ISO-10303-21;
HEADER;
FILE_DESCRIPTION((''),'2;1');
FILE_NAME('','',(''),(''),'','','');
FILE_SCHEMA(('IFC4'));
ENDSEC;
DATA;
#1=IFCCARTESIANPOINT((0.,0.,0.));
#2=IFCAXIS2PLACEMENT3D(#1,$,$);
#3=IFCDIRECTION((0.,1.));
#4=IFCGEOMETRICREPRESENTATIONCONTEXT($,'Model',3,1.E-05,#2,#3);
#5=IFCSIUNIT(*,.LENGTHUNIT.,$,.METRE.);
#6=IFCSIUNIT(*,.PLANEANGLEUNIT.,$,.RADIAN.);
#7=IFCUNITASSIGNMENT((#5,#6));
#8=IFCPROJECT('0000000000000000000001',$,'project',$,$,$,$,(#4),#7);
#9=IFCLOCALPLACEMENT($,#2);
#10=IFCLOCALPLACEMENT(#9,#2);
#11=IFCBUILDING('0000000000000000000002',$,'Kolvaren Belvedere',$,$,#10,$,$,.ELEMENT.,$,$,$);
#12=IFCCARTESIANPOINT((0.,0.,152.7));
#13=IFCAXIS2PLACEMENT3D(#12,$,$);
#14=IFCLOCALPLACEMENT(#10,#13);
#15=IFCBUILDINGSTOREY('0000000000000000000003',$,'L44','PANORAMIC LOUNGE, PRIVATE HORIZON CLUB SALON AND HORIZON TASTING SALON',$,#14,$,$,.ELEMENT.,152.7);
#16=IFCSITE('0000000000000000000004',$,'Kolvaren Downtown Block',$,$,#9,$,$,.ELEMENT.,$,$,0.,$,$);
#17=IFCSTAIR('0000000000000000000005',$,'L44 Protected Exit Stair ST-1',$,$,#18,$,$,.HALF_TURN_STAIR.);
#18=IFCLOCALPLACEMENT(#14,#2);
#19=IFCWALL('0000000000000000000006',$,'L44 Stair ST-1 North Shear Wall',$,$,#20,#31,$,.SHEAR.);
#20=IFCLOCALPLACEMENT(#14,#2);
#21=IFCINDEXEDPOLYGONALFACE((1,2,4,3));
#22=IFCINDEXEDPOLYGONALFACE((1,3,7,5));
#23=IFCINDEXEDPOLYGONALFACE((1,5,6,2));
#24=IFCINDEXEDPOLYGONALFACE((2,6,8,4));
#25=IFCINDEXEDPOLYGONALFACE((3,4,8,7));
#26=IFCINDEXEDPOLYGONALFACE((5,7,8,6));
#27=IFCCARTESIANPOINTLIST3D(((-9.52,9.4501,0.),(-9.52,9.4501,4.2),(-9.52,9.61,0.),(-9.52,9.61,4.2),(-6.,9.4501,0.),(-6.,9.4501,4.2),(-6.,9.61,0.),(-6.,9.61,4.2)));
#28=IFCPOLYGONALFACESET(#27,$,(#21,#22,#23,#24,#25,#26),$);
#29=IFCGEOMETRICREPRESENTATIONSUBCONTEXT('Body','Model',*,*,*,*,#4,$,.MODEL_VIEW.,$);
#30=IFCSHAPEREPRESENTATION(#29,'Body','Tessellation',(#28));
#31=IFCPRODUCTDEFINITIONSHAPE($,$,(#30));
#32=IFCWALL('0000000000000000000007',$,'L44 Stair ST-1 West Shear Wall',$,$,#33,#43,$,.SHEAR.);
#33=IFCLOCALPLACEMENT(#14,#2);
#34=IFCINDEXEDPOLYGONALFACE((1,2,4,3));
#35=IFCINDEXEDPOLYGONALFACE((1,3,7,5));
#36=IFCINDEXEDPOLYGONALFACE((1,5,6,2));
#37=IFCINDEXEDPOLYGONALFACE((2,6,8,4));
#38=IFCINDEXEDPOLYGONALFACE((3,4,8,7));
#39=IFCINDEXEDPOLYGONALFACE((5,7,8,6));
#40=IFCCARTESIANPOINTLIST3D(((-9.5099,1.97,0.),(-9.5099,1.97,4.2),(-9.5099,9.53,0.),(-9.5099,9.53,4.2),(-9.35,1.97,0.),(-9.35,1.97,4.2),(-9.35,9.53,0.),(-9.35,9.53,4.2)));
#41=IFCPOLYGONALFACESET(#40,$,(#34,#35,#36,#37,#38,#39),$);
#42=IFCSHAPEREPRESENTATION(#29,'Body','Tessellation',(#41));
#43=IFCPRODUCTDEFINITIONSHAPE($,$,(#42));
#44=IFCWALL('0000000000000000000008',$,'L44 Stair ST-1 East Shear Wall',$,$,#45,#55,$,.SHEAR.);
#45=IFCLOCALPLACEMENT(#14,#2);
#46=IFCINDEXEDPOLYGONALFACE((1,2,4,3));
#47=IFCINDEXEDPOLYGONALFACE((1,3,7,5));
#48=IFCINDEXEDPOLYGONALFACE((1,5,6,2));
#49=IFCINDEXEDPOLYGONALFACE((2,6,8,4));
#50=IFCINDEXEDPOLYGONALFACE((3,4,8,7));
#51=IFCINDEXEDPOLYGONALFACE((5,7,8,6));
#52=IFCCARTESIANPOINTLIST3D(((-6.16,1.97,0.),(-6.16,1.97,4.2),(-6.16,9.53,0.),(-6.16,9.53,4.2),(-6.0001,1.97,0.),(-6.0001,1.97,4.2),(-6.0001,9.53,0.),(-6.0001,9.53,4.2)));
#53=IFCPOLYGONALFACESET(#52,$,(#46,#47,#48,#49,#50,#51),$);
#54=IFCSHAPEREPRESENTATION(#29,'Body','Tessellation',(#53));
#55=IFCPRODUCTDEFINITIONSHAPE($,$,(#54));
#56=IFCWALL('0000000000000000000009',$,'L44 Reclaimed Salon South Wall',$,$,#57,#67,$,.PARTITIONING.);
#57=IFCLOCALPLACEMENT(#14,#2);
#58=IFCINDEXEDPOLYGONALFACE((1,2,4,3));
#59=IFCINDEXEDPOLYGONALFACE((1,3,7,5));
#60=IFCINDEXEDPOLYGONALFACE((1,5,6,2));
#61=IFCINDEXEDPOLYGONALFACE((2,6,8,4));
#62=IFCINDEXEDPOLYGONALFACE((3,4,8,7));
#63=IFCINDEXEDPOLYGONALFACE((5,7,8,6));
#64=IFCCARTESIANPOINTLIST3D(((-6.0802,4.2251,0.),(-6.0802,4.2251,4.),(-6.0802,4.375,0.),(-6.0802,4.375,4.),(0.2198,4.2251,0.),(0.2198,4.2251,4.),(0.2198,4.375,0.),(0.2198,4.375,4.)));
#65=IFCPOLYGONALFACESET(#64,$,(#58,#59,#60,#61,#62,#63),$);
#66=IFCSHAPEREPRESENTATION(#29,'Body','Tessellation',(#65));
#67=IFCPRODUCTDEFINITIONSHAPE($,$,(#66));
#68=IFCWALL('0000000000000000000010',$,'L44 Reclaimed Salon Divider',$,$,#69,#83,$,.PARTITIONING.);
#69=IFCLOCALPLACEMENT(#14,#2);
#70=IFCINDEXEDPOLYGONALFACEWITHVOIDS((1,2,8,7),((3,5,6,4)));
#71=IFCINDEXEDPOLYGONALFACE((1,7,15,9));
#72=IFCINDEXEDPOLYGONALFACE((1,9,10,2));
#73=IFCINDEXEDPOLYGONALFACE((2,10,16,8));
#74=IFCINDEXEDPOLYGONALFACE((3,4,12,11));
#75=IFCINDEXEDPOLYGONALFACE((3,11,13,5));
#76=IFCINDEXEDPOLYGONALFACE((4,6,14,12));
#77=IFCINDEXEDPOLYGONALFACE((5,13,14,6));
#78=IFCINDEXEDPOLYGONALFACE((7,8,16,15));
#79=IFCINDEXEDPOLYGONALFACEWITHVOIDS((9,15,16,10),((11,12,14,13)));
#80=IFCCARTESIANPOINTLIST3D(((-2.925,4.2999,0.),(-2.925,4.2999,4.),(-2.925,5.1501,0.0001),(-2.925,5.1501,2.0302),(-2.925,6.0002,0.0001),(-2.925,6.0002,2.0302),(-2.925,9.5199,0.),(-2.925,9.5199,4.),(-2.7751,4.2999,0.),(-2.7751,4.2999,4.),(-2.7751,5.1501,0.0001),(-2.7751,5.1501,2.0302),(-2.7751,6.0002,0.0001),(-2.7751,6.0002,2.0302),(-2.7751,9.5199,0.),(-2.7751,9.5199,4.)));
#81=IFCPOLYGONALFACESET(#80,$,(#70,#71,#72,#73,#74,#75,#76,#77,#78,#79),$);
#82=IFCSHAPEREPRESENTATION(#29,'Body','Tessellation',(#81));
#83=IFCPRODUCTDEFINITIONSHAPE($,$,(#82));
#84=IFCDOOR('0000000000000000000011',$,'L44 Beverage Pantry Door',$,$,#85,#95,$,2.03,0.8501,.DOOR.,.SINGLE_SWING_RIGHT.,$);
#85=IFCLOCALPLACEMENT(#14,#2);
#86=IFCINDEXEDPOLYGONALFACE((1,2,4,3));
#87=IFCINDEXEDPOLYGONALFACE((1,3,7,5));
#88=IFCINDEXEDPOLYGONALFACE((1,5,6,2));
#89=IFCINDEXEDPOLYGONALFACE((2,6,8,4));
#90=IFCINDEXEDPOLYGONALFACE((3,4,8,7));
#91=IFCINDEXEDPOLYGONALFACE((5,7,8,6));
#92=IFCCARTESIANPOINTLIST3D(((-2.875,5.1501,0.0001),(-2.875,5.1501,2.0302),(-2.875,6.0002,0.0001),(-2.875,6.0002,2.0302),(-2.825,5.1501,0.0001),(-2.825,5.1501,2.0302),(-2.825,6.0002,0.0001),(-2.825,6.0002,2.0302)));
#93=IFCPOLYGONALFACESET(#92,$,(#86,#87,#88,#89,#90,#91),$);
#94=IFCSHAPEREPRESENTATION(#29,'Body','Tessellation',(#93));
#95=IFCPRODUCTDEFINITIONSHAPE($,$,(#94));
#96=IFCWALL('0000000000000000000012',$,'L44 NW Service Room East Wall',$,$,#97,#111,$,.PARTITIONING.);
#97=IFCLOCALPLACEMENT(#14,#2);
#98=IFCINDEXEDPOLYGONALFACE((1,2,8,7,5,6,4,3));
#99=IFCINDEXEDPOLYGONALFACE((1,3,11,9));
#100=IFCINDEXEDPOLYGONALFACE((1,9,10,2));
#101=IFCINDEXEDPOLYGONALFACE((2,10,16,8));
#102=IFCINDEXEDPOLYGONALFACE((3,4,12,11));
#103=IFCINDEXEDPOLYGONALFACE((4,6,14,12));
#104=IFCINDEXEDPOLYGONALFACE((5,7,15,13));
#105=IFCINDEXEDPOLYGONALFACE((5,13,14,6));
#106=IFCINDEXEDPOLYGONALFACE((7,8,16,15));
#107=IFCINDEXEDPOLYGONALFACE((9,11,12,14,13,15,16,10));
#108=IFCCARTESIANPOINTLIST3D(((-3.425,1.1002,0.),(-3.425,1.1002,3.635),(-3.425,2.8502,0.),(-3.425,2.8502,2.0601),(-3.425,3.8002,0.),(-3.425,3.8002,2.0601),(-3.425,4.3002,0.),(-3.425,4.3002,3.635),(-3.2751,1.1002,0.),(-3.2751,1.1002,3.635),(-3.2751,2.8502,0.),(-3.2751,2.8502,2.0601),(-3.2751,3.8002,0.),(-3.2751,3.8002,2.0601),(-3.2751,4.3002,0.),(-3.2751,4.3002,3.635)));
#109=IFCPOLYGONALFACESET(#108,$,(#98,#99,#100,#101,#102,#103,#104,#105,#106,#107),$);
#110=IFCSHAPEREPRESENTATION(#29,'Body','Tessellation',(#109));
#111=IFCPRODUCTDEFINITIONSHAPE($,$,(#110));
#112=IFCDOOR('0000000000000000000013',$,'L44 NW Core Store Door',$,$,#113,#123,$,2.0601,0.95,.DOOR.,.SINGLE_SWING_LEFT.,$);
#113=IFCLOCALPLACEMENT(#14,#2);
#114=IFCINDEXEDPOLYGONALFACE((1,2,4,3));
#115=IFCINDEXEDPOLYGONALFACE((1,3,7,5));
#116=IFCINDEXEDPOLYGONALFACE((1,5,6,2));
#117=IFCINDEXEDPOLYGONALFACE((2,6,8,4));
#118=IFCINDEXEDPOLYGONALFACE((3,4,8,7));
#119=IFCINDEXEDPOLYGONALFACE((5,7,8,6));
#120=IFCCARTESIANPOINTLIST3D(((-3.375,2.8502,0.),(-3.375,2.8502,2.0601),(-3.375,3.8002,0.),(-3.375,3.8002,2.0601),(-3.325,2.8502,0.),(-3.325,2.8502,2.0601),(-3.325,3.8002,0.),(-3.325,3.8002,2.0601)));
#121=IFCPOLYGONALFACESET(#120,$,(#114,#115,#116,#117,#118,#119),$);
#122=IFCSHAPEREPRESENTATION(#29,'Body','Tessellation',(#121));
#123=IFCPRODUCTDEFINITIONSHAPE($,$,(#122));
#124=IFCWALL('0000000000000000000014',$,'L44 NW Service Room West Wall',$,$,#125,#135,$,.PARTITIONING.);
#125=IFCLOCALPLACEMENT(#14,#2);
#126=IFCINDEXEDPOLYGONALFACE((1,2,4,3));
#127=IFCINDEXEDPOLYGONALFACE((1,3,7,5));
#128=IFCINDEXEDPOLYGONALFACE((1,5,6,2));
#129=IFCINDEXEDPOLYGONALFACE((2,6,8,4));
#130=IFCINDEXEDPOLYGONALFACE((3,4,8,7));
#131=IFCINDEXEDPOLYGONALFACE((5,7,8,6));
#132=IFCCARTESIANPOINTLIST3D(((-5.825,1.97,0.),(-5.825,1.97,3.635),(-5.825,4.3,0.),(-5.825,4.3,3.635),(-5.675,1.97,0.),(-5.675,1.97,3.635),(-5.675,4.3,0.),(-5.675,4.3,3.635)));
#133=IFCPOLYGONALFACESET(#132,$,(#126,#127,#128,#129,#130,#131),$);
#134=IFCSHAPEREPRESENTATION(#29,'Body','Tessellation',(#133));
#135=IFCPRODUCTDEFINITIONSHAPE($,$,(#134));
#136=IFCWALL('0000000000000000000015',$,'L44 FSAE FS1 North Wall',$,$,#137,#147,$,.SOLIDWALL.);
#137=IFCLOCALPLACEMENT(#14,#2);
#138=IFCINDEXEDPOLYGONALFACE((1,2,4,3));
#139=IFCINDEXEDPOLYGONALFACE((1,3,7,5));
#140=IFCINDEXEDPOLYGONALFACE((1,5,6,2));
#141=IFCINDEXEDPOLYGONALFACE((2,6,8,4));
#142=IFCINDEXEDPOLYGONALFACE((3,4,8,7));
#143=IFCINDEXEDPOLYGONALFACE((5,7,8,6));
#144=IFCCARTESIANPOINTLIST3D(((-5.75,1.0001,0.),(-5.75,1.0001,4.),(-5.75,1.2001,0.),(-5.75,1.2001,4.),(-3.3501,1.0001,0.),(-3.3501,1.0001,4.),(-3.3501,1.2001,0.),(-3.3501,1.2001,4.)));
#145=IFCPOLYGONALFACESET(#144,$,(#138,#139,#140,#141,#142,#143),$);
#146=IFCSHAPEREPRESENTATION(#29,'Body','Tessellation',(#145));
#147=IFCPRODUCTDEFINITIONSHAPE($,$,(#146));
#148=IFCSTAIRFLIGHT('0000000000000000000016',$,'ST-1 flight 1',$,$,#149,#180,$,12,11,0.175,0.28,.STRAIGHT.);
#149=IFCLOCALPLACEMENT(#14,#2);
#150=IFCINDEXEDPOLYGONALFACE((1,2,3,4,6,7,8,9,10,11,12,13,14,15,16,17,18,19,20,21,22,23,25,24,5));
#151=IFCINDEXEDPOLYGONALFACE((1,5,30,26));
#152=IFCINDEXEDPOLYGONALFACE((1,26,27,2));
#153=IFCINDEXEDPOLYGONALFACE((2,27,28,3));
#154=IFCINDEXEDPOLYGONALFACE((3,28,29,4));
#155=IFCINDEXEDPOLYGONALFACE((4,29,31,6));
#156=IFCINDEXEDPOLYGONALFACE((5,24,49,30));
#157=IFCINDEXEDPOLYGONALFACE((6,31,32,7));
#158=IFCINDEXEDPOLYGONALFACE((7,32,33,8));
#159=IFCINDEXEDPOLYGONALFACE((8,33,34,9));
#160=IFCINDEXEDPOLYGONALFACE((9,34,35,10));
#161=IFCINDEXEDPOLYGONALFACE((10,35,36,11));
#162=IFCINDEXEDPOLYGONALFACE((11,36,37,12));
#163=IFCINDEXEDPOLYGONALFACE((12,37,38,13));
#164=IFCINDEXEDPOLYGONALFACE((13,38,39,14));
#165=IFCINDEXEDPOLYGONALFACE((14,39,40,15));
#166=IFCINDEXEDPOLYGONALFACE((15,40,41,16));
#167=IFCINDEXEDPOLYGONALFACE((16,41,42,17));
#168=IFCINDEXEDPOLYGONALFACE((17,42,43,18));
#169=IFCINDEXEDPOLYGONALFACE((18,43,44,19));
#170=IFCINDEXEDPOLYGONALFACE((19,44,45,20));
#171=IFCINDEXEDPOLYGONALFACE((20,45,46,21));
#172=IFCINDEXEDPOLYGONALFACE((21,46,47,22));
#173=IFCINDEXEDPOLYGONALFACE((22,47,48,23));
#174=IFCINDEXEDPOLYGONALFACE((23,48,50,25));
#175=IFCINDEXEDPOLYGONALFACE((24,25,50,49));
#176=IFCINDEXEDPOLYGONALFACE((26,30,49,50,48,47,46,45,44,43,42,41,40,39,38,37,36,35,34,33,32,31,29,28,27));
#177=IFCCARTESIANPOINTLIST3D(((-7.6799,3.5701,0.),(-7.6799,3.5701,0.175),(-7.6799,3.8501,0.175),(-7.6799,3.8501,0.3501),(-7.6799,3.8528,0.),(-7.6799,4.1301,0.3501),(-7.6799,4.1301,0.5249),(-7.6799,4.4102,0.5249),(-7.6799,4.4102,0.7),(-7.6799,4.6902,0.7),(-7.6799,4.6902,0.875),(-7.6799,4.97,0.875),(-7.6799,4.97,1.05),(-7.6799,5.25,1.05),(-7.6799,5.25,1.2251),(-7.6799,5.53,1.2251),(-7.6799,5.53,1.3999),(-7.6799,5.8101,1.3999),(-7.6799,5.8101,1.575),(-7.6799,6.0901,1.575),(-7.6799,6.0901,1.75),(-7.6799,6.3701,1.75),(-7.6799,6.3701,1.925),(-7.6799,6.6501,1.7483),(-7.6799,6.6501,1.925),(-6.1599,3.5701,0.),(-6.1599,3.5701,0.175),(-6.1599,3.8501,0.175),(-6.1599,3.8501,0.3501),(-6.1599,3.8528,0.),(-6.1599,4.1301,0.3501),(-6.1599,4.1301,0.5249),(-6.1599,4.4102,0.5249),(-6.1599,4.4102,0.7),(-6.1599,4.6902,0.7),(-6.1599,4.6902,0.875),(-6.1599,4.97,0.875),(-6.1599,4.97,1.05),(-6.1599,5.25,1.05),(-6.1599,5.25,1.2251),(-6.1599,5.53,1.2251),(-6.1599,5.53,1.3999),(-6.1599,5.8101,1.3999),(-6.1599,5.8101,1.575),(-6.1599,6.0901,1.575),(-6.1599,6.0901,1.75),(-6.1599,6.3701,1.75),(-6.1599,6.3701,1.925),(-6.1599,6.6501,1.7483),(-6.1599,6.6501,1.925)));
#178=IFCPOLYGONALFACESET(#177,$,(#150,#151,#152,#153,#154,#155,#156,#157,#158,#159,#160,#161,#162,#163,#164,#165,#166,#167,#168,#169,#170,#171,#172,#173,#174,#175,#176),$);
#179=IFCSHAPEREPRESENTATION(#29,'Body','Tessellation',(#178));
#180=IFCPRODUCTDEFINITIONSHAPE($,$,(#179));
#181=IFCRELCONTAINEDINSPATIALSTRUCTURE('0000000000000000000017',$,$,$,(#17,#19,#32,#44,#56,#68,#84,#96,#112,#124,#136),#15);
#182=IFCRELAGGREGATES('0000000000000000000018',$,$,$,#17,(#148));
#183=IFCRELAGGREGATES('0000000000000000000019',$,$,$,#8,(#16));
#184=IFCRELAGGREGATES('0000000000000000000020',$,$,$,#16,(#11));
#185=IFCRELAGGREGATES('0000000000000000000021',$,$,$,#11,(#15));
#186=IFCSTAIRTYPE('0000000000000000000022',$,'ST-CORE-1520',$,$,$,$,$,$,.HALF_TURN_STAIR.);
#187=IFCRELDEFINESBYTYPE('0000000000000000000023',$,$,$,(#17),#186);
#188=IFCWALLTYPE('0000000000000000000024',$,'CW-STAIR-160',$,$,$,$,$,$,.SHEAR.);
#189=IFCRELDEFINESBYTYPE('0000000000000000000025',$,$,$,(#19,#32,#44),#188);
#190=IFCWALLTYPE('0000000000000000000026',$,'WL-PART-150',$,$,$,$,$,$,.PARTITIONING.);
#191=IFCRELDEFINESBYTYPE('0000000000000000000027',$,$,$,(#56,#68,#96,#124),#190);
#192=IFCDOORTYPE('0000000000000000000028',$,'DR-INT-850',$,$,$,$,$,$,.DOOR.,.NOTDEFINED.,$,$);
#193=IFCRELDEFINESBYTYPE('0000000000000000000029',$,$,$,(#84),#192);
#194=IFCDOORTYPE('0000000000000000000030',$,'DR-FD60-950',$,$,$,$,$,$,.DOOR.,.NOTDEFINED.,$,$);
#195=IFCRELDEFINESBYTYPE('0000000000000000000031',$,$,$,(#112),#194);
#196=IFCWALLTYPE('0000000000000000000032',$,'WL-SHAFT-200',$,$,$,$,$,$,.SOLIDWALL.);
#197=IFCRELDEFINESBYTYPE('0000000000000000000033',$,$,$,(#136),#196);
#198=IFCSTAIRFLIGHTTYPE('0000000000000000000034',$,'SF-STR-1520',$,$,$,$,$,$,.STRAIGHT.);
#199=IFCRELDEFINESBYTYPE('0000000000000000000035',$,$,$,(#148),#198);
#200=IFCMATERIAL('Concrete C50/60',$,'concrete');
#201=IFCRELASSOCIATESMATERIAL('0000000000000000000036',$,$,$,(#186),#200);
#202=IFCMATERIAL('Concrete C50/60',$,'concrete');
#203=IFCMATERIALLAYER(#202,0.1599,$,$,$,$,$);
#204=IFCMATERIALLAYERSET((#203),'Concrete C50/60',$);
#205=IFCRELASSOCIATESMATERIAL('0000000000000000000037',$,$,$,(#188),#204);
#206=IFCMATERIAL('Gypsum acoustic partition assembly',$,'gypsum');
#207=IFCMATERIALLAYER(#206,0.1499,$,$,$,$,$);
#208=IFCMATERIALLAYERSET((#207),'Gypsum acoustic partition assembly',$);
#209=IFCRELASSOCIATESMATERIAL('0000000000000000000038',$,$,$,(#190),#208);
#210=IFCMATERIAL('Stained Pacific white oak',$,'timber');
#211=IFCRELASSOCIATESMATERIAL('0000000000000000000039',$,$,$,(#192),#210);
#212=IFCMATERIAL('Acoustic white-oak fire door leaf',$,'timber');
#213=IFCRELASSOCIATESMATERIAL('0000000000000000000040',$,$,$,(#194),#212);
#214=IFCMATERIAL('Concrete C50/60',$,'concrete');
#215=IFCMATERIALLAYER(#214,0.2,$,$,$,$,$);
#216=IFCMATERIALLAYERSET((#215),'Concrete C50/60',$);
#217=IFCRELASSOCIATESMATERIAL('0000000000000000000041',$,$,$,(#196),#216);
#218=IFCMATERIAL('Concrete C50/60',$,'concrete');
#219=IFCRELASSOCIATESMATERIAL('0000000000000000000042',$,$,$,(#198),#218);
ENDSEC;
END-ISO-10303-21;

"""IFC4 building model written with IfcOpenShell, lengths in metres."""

from ifc_helpers import new_model, si_unit, direction, frame, frame_2d, origin, place, context, subcontext, project, spatial, polyline, rectangle, outline, extrude, material, layer, layer_set, type_object, element, fill, aggregate, save


model = new_model("IFC4")

# Units and contexts
model_context = context("Model", 3, precision=1e-05, world=origin(), true_north=direction((0.0, 1.0)))
body_context = subcontext(model_context, "Body", "Model", "MODEL_VIEW")
ifc_project = project(units=[si_unit("LENGTHUNIT", "METRE"), si_unit("PLANEANGLEUNIT", "RADIAN")], contexts=[model_context])

# Site, building, storey
site_placement = place(None, origin())
site = spatial("IfcSite", under=ifc_project, at=site_placement, Name="Kolvaren Downtown Block", CompositionType="ELEMENT", RefElevation=0.0)
building_placement = place(site_placement, origin())
building = spatial("IfcBuilding", under=site, at=building_placement, Name="Kolvaren Belvedere", CompositionType="ELEMENT")
storey_placement = place(building_placement, frame((0.0, 0.0, 152.7)))
storey = spatial("IfcBuildingStorey", under=building, at=storey_placement, Name="L44", Description="PANORAMIC LOUNGE, PRIVATE HORIZON CLUB SALON AND HORIZON TASTING SALON", CompositionType="ELEMENT", Elevation=152.7)

# Stair
ifc_material_1 = material(Name="Concrete C50/60", Category="concrete")
stair_type = type_object("IfcStairType", Name="ST-CORE-1520", PredefinedType="HALF_TURN_STAIR", material=ifc_material_1)
stair_1_placement = place(storey_placement, origin())
stair_1 = element("IfcStair", 1, at=stair_1_placement, inside=storey, type_object=stair_type, Name="L44 Protected Exit Stair ST-1", PredefinedType="HALF_TURN_STAIR")

# Shared definitions
ifc_material_2 = material(Name="Concrete C50/60", Category="concrete")
ifc_layer_1 = layer(ifc_material_2, 0.1599)
ifc_layer_set_1 = layer_set([ifc_layer_1], Name="Concrete C50/60")
wall_type_1 = type_object("IfcWallType", Name="CW-STAIR-160", PredefinedType="SHEAR", material=ifc_layer_set_1)

# Walls
wall_1_placement = place(storey_placement, frame((-9.52, 9.53, 0.0), z_axis=(0.0, 0.0, 1.0), x_axis=(1.0, 0.0, 0.0)))
element("IfcWall", 2, at=wall_1_placement, inside=storey, type_object=wall_type_1, Name="L44 Stair ST-1 North Shear Wall", PredefinedType="SHEAR", context=body_context, shape_type="SweptSolid", body=[
    extrude(rectangle(XDim=3.52, YDim=0.1599, at=frame_2d((1.76, 0.0))), origin(), (0.0, 0.0, 1.0), 4.2),
])
for number, where, z_axis, x_axis, name in (
    (3, (-9.4299, 1.97, 0.0), (0.0, 0.0, 1.0), (0.0, 1.0, 0.0), "L44 Stair ST-1 West Shear Wall"),
    (4, (-6.0801, 1.97, 0.0), (0.0, 0.0, 1.0), (0.0, 1.0, 0.0), "L44 Stair ST-1 East Shear Wall"),
):
    element("IfcWall", number, at=place(storey_placement, frame(where, z_axis=z_axis, x_axis=x_axis)), inside=storey, type_object=wall_type_1, Name=name, PredefinedType="SHEAR", context=body_context, shape_type="SweptSolid", body=[
        extrude(rectangle(XDim=7.5601, YDim=0.1599, at=frame_2d((3.78, 0.0))), origin(), (0.0, 0.0, 1.0), 4.2),
    ])
ifc_material_3 = material(Name="Gypsum acoustic partition assembly", Category="gypsum")
ifc_layer_2 = layer(ifc_material_3, 0.1499)
ifc_layer_set_2 = layer_set([ifc_layer_2], Name="Gypsum acoustic partition assembly")
wall_type_2 = type_object("IfcWallType", Name="WL-PART-150", PredefinedType="PARTITIONING", material=ifc_layer_set_2)
wall_2_placement = place(storey_placement, frame((-6.0801, 4.3, 0.0), z_axis=(0.0, 0.0, 1.0), x_axis=(1.0, 0.0, 0.0)))
element("IfcWall", 5, at=wall_2_placement, inside=storey, type_object=wall_type_2, Name="L44 Reclaimed Salon South Wall", PredefinedType="PARTITIONING", context=body_context, shape_type="SweptSolid", body=[
    extrude(rectangle(XDim=6.3, YDim=0.1499, at=frame_2d((3.1499, 0.0))), origin(), (0.0, 0.0, 1.0), 4.0),
])

# Walls, openings, doors
wall_3_placement = place(storey_placement, frame((-2.8501, 4.3, 0.0), z_axis=(0.0, 0.0, 1.0), x_axis=(0.0, 1.0, 0.0)))
wall_3 = element("IfcWall", 6, at=wall_3_placement, inside=storey, type_object=wall_type_2, Name="L44 Reclaimed Salon Divider", PredefinedType="PARTITIONING", context=body_context, shape_type="SweptSolid", body=[
    extrude(rectangle(XDim=5.22, YDim=0.1499, at=frame_2d((2.6099, 0.0))), origin(), (0.0, 0.0, 1.0), 4.0),
])
opening_1_placement = place(wall_3_placement, frame((0.8501, 0.0, 0.0)))
opening_1 = element("IfcOpeningElement", 7, at=opening_1_placement, cuts=wall_3, PredefinedType="OPENING", context=body_context, shape_type="SweptSolid", body=[
    extrude(rectangle(XDim=0.8501, YDim=2.03, at=frame_2d((0.425, 1.0151))), frame((0.0, 0.085, 0.0), z_axis=(0.0, -1.0, 0.0), x_axis=(1.0, 0.0, 0.0)), (0.0, 0.0, 1.0), 0.1699),
])
ifc_material_4 = material(Name="Stained Pacific white oak", Category="timber")
door_type_1 = type_object("IfcDoorType", Name="DR-INT-850", OperationType="NOTDEFINED", PredefinedType="DOOR", material=ifc_material_4)
door_1_placement = place(opening_1_placement, origin())
door_1 = element("IfcDoor", 8, at=door_1_placement, inside=storey, type_object=door_type_1, Name="L44 Beverage Pantry Door", OperationType="SINGLE_SWING_RIGHT", OverallHeight=2.03, OverallWidth=0.8501, PredefinedType="DOOR", context=body_context, shape_type="SweptSolid", body=[
    extrude(rectangle(XDim=0.8501, YDim=2.03, at=frame_2d((0.425, 1.0151))), frame((0.0, 0.0249, 0.0), z_axis=(0.0, -1.0, 0.0), x_axis=(1.0, 0.0, 0.0)), (0.0, 0.0, 1.0), 0.05),
])
fill(opening_1, door_1)
wall_4_placement = place(storey_placement, frame((-3.3501, 1.1001, 0.0), z_axis=(0.0, 0.0, 1.0), x_axis=(0.0, 1.0, 0.0)))
wall_4 = element("IfcWall", 9, at=wall_4_placement, inside=storey, type_object=wall_type_2, Name="L44 NW Service Room East Wall", PredefinedType="PARTITIONING", context=body_context, shape_type="SweptSolid", body=[
    extrude(rectangle(XDim=3.2, YDim=0.1499, at=frame_2d((1.6001, 0.0))), origin(), (0.0, 0.0, 1.0), 3.635),
])
opening_2_placement = place(wall_4_placement, frame((1.75, 0.0, 0.0)))
opening_2 = element("IfcOpeningElement", 10, at=opening_2_placement, cuts=wall_4, PredefinedType="OPENING", context=body_context, shape_type="SweptSolid", body=[
    extrude(rectangle(XDim=0.95, YDim=2.0601, at=frame_2d((0.4751, 1.03))), frame((0.0, 0.085, 0.0), z_axis=(0.0, -1.0, 0.0), x_axis=(1.0, 0.0, 0.0)), (0.0, 0.0, 1.0), 0.1699),
])
ifc_material_5 = material(Name="Acoustic white-oak fire door leaf", Category="timber")
door_type_2 = type_object("IfcDoorType", Name="DR-FD60-950", OperationType="NOTDEFINED", PredefinedType="DOOR", material=ifc_material_5)
door_2_placement = place(opening_2_placement, origin())
door_2 = element("IfcDoor", 11, at=door_2_placement, inside=storey, type_object=door_type_2, Name="L44 NW Core Store Door", OperationType="SINGLE_SWING_LEFT", OverallHeight=2.0601, OverallWidth=0.95, PredefinedType="DOOR", context=body_context, shape_type="SweptSolid", body=[
    extrude(rectangle(XDim=0.95, YDim=2.0601, at=frame_2d((0.4751, 1.03))), frame((0.0, 0.0249, 0.0), z_axis=(0.0, -1.0, 0.0), x_axis=(1.0, 0.0, 0.0)), (0.0, 0.0, 1.0), 0.05),
])
fill(opening_2, door_2)

# Walls
wall_5_placement = place(storey_placement, frame((-5.75, 1.97, 0.0), z_axis=(0.0, 0.0, 1.0), x_axis=(0.0, 1.0, 0.0)))
element("IfcWall", 12, at=wall_5_placement, inside=storey, type_object=wall_type_2, Name="L44 NW Service Room West Wall", PredefinedType="PARTITIONING", context=body_context, shape_type="SweptSolid", body=[
    extrude(rectangle(XDim=2.3301, YDim=0.1499, at=frame_2d((1.165, 0.0))), origin(), (0.0, 0.0, 1.0), 3.635),
])
ifc_material_6 = material(Name="Concrete C50/60", Category="concrete")
ifc_layer_3 = layer(ifc_material_6, 0.2)
ifc_layer_set_3 = layer_set([ifc_layer_3], Name="Concrete C50/60")
wall_type_3 = type_object("IfcWallType", Name="WL-SHAFT-200", PredefinedType="SOLIDWALL", material=ifc_layer_set_3)
wall_6_placement = place(storey_placement, frame((-5.75, 1.1001, 0.0), z_axis=(0.0, 0.0, 1.0), x_axis=(1.0, 0.0, 0.0)))
element("IfcWall", 13, at=wall_6_placement, inside=storey, type_object=wall_type_3, Name="L44 FSAE FS1 North Wall", PredefinedType="SOLIDWALL", context=body_context, shape_type="SweptSolid", body=[
    extrude(rectangle(XDim=2.3999, YDim=0.2, at=frame_2d((1.2, 0.0))), origin(), (0.0, 0.0, 1.0), 4.0),
])

# Stair flight
ifc_material_7 = material(Name="Concrete C50/60", Category="concrete")
stair_flight_type = type_object("IfcStairFlightType", Name="SF-STR-1520", PredefinedType="STRAIGHT", material=ifc_material_7)
stair_flight_1_placement = place(storey_placement, frame((-6.9199, 3.5701, 0.0), z_axis=(0.0, 0.0, 1.0), x_axis=(0.0, 1.0, 0.0)))
stair_flight_1 = element("IfcStairFlight", 14, at=stair_flight_1_placement, type_object=stair_flight_type, Name="ST-1 flight 1", NumberOfRisers=12, NumberOfTreads=11, PredefinedType="STRAIGHT", RiserHeight=0.175, TreadLength=0.28, context=body_context, shape_type="SweptSolid", body=[
    extrude(outline(polyline([(0.0, 0.0), (0.0, 0.175), (0.28, 0.175), (0.28, 0.3501), (0.5601, 0.3501), (0.5601, 0.5249), (0.8401, 0.5249), (0.8401, 0.7), (1.1201, 0.7), (1.1201, 0.875), (1.3999, 0.875), (1.3999, 1.05), (1.6799, 1.05), (1.6799, 1.2251), (1.96, 1.2251), (1.96, 1.3999), (2.24, 1.3999), (2.24, 1.575), (2.52, 1.575), (2.52, 1.75), (2.8, 1.75), (2.8, 1.925), (3.0801, 1.925), (3.0801, 2.1001), (3.0801, 1.7483), (0.2827, 0.0), (0.0, 0.0)])), frame((0.0, 0.76, 0.0), z_axis=(0.0, -1.0, 0.0), x_axis=(1.0, 0.0, 0.0)), (0.0, 0.0, 1.0), 1.52),
])
aggregate(stair_1, [stair_flight_1])

save(model, "model.ifc")
